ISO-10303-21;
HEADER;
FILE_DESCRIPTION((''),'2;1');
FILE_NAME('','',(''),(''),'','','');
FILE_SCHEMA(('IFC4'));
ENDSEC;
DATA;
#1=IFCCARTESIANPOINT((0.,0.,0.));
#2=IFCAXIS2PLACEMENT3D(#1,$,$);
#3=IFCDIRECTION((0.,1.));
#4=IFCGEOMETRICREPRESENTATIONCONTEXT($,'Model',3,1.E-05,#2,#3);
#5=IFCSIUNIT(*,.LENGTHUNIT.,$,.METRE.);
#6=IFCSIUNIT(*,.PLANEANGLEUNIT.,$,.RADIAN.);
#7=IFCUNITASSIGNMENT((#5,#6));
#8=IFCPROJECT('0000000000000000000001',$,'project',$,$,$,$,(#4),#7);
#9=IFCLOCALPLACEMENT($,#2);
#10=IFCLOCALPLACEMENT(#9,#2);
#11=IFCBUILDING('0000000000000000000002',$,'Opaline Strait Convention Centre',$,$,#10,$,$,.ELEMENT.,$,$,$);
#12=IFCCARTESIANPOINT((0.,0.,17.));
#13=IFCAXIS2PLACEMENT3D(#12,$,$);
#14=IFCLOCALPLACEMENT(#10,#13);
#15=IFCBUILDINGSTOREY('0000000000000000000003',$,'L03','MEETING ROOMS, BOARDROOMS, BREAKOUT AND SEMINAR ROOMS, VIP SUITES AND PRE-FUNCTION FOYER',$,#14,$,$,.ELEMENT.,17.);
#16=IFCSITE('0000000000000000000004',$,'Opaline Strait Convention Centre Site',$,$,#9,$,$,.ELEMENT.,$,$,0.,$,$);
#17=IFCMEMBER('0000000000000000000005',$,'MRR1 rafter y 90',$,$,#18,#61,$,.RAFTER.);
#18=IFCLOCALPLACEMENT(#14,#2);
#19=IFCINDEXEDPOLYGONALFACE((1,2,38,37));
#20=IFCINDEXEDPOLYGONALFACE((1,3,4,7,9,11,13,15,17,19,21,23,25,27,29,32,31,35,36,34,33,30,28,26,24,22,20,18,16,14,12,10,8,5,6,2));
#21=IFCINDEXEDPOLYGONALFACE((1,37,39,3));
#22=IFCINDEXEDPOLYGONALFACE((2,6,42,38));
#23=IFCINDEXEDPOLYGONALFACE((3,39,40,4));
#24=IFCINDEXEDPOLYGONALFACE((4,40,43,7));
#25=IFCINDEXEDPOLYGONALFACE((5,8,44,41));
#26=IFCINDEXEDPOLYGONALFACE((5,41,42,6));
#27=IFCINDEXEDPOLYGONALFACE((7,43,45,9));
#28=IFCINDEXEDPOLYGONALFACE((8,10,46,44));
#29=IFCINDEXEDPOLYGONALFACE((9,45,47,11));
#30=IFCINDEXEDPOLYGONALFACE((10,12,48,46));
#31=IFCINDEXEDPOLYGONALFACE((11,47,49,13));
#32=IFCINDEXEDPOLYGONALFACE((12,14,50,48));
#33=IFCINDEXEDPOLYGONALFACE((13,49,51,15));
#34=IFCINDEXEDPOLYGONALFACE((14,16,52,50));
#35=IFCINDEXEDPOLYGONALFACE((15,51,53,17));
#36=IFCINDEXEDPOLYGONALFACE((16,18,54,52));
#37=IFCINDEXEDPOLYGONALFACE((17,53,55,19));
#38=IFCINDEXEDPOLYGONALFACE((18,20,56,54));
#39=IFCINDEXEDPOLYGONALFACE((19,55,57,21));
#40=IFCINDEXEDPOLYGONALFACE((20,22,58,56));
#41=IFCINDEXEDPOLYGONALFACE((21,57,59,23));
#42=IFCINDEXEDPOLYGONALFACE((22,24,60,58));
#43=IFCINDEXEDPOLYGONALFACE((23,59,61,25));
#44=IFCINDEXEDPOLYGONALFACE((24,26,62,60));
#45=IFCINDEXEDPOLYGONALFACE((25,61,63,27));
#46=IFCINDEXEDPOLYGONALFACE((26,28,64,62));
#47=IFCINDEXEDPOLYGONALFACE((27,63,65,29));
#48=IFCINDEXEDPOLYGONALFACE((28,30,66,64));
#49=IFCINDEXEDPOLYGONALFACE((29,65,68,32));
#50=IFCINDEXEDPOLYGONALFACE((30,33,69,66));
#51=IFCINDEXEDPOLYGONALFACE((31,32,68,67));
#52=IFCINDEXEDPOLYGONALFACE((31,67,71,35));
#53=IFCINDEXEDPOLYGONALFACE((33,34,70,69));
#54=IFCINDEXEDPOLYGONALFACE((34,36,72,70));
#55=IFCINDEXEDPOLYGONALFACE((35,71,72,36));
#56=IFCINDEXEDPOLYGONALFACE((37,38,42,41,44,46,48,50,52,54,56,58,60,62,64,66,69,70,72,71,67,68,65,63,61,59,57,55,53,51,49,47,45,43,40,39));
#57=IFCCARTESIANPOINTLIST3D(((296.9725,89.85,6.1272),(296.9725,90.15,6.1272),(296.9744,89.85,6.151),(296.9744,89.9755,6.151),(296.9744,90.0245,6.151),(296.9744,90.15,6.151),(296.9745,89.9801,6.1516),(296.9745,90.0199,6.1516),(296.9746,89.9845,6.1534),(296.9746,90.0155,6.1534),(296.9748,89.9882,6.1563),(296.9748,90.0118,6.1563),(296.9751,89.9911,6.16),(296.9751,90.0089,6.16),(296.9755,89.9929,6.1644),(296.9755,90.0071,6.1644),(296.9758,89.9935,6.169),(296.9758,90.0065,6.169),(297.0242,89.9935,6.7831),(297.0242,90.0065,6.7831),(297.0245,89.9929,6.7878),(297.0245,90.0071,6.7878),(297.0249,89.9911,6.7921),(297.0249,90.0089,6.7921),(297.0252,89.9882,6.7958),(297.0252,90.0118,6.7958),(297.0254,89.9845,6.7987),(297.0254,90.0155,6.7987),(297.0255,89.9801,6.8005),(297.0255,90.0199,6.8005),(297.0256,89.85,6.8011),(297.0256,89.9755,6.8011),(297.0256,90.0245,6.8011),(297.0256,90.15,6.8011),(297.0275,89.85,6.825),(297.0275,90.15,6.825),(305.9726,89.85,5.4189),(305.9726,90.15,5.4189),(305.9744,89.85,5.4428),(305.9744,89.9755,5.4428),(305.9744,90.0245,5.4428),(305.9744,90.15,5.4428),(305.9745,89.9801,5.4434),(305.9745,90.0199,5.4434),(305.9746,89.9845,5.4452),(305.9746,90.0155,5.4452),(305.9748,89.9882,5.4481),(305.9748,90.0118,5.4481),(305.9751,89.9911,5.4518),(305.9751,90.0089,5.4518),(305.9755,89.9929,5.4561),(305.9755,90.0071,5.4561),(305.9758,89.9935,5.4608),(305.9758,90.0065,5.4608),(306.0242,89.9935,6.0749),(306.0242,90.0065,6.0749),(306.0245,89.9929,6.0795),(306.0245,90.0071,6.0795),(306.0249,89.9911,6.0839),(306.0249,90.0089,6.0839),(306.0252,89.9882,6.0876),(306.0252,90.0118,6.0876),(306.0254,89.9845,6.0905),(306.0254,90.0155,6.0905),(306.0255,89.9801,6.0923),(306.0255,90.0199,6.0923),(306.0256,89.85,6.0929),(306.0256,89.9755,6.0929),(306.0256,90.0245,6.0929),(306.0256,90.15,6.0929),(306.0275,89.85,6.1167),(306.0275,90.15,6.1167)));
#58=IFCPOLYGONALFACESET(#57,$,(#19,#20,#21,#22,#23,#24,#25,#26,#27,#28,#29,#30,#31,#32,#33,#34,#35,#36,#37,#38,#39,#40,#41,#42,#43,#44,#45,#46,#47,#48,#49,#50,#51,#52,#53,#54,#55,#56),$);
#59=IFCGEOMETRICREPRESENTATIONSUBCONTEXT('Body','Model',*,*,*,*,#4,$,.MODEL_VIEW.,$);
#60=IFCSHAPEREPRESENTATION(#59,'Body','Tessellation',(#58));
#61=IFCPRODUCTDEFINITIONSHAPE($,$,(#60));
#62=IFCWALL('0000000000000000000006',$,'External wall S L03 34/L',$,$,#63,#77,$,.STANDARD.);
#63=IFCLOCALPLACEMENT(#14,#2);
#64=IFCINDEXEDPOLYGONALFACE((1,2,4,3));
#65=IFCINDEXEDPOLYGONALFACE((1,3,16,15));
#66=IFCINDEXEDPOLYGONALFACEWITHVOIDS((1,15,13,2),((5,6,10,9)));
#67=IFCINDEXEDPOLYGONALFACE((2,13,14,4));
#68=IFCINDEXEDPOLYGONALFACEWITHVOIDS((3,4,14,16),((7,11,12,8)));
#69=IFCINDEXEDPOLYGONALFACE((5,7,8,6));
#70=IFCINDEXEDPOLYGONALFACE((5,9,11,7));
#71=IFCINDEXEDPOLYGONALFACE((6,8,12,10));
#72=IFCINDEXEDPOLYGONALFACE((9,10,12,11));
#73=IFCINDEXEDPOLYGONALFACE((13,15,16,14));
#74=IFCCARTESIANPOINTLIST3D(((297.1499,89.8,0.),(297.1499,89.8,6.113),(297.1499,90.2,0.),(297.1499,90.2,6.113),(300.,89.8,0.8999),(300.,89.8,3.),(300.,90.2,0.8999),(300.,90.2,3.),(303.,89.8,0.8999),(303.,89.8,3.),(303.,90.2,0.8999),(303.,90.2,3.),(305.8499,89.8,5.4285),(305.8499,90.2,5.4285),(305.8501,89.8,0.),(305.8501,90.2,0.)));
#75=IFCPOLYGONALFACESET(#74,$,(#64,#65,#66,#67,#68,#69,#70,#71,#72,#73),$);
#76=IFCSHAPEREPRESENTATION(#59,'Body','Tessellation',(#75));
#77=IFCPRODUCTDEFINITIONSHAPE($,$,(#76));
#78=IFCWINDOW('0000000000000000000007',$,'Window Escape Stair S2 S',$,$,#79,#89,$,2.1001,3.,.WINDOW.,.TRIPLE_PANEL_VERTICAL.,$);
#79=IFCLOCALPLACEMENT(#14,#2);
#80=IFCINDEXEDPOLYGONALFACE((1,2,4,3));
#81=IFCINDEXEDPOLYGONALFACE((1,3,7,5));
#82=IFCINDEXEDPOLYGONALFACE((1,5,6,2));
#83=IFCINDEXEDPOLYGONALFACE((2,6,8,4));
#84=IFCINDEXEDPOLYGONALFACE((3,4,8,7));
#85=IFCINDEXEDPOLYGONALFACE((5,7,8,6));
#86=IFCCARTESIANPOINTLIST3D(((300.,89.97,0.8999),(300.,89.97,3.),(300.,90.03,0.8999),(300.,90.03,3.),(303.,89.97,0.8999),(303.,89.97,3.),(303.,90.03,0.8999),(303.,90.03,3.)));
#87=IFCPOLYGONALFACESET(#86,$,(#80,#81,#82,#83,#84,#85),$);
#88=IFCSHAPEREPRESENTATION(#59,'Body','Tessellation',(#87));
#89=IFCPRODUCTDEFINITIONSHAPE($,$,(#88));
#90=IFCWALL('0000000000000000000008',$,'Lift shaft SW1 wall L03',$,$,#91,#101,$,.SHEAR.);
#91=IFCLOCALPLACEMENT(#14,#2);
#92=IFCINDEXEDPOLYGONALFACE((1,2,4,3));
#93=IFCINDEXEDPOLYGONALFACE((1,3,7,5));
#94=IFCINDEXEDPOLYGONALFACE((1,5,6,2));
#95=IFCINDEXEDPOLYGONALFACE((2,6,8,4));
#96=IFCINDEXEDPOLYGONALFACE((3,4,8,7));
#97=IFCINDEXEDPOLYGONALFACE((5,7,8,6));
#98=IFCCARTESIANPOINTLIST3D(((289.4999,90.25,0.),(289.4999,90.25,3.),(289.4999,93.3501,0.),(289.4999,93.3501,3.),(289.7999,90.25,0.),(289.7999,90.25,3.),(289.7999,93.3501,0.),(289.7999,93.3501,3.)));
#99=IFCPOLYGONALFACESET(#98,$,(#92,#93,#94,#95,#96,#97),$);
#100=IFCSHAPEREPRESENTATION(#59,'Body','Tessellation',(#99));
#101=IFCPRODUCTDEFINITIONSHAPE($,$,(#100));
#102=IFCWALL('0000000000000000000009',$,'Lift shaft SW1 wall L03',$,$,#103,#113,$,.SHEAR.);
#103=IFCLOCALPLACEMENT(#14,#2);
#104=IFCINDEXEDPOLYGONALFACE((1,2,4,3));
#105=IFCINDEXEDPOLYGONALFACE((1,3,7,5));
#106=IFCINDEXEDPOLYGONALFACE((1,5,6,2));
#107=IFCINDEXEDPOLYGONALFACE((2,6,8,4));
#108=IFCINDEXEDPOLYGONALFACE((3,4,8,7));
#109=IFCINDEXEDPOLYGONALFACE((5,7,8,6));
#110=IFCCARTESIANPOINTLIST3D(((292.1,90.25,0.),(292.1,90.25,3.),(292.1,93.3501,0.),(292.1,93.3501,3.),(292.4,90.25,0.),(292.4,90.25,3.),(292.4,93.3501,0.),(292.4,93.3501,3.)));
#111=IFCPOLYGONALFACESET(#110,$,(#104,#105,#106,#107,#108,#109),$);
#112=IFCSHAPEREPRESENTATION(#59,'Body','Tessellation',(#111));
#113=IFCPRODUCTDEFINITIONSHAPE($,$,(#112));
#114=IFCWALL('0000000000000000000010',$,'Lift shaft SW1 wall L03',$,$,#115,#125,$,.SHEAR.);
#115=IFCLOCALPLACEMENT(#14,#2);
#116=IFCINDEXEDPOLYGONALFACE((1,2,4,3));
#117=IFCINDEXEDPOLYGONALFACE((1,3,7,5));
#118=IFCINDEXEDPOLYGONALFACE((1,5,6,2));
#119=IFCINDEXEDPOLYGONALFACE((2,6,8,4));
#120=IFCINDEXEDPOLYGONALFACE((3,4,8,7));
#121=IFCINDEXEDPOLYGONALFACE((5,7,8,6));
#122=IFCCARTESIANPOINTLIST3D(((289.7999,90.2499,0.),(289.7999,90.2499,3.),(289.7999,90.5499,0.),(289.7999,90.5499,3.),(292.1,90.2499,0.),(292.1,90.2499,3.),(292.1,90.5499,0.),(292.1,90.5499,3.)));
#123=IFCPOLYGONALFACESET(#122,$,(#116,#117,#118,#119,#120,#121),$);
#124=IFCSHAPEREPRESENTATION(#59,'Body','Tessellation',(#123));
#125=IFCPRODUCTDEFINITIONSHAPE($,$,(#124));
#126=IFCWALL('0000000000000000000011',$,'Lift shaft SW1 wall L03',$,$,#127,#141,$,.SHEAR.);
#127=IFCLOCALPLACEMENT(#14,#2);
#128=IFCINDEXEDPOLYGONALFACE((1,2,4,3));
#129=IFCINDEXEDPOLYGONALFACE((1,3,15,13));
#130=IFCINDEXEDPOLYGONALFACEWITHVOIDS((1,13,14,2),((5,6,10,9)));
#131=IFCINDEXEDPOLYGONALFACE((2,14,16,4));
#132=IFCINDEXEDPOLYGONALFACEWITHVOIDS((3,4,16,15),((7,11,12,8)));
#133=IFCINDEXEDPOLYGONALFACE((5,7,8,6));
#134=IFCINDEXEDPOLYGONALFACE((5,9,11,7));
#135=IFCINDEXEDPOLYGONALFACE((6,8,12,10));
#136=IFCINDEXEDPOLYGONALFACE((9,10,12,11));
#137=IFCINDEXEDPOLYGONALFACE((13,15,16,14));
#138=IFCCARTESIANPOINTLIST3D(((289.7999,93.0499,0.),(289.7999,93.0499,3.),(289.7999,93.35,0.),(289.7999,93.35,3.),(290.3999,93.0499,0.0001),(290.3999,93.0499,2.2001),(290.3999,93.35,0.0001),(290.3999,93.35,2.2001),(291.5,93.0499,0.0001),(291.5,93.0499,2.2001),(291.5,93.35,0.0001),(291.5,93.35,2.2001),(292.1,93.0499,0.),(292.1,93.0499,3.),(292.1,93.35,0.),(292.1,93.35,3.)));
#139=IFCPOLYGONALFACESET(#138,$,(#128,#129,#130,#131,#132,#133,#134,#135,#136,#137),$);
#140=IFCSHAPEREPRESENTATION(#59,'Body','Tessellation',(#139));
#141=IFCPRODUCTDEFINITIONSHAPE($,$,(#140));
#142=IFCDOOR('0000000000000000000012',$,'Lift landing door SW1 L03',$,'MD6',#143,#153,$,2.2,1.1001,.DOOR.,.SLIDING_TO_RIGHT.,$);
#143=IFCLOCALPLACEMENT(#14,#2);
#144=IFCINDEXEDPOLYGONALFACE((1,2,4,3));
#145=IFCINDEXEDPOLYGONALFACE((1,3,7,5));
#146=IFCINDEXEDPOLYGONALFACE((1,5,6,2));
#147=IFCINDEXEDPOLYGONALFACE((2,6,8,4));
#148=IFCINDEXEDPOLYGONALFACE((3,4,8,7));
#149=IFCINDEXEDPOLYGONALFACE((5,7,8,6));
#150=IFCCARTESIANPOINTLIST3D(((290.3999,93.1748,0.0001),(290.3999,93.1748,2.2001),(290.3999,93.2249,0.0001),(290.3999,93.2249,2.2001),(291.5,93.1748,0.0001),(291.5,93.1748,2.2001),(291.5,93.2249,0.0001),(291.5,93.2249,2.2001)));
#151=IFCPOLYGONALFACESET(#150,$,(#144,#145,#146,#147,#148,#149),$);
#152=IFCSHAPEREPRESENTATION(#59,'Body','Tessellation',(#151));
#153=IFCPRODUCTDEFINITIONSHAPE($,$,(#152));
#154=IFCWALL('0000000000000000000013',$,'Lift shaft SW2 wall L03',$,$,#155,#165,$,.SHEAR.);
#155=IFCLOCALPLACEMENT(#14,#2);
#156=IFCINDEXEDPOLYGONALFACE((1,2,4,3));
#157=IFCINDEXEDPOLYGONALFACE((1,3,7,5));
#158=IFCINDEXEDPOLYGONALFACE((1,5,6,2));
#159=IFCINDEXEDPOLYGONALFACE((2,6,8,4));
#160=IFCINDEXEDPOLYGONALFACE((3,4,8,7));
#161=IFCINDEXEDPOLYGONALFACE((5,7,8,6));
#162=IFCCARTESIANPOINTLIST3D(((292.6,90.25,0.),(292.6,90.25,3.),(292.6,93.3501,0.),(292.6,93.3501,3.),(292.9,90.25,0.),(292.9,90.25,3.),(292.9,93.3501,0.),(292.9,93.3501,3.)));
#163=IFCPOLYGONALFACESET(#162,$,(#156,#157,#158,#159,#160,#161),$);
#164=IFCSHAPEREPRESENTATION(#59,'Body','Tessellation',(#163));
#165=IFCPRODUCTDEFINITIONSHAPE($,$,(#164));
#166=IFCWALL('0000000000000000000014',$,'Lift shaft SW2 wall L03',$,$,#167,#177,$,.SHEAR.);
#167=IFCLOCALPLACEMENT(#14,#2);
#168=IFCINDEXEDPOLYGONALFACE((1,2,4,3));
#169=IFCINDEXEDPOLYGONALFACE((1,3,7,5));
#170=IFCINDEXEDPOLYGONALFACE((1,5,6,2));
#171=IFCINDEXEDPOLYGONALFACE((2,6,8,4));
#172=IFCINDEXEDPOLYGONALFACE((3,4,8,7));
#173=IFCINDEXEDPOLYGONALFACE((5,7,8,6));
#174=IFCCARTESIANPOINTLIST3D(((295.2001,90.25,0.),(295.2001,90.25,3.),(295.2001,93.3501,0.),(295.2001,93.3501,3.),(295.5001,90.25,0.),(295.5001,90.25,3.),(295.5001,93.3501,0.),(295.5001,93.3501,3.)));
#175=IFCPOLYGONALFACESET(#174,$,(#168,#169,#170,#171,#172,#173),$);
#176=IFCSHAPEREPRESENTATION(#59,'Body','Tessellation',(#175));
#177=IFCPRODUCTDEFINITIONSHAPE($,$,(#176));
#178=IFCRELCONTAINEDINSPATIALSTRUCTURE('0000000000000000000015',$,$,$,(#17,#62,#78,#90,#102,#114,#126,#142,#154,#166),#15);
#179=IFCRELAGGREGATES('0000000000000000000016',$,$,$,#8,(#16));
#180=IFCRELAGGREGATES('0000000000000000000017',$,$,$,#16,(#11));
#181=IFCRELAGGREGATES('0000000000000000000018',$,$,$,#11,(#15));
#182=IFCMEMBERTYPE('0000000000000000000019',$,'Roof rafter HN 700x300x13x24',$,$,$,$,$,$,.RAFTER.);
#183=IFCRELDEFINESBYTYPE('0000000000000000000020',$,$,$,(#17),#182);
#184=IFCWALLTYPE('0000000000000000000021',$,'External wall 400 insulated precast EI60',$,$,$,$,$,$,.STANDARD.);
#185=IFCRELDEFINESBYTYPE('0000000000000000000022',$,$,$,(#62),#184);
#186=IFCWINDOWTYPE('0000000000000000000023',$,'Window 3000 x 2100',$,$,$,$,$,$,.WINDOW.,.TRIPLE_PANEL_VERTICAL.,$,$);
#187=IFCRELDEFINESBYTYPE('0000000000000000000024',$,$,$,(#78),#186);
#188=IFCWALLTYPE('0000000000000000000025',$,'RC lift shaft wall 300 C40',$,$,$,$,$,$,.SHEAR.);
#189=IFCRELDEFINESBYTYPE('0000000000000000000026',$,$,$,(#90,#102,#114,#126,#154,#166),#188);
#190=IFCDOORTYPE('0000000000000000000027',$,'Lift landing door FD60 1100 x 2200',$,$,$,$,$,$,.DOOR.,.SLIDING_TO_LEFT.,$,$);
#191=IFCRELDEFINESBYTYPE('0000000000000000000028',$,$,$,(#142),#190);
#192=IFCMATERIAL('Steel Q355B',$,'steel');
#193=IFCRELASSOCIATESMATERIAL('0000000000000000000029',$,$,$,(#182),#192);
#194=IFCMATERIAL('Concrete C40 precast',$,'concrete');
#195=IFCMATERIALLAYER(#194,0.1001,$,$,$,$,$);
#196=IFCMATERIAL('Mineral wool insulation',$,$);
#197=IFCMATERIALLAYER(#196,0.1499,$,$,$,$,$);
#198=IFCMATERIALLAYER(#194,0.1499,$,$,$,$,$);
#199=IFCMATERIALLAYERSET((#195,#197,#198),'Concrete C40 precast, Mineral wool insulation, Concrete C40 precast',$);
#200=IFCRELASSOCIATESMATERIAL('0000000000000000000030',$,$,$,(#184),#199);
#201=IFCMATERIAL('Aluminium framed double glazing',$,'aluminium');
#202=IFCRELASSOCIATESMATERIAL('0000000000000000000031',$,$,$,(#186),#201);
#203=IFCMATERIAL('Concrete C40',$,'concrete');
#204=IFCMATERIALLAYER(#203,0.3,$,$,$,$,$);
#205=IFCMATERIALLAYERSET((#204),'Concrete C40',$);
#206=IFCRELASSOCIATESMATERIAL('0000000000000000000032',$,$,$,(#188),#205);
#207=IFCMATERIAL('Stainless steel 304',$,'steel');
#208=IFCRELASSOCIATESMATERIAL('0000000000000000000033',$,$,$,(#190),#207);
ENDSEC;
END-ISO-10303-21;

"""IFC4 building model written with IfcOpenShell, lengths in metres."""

from ifc_helpers import new_model, si_unit, direction, frame, frame_2d, origin, origin_2d, place, context, subcontext, project, spatial, polyline, rectangle, i_section, outline, extrude, material, layer, layer_set, material_profile, profile_set, type_object, element, fill, save


model = new_model("IFC4")

# Units and contexts
model_context = context("Model", 3, precision=1e-05, world=origin(), true_north=direction((0.0, 1.0)))
body_context = subcontext(model_context, "Body", "Model", "MODEL_VIEW")
ifc_project = project(units=[si_unit("LENGTHUNIT", "METRE"), si_unit("PLANEANGLEUNIT", "RADIAN")], contexts=[model_context])

# Site, building, storey
site_placement = place(None, origin())
site = spatial("IfcSite", under=ifc_project, at=site_placement, Name="Opaline Strait Convention Centre Site", CompositionType="ELEMENT", RefElevation=0.0)
building_placement = place(site_placement, origin())
building = spatial("IfcBuilding", under=site, at=building_placement, Name="Opaline Strait Convention Centre", CompositionType="ELEMENT")
storey_placement = place(building_placement, frame((0.0, 0.0, 17.0)))
storey = spatial("IfcBuildingStorey", under=building, at=storey_placement, Name="L03", Description="MEETING ROOMS, BOARDROOMS, BREAKOUT AND SEMINAR ROOMS, VIP SUITES AND PRE-FUNCTION FOYER", CompositionType="ELEMENT", Elevation=17.0)

# Shared definitions
ifc_material_1 = material(Name="Steel Q355B", Category="steel")

# Member
ifc_material_profile_1 = material_profile(ifc_material_1, i_section(OverallWidth=0.3, OverallDepth=0.7, WebThickness=0.0129, FlangeThickness=0.0239, FilletRadius=0.0181, at=origin_2d()), Name="HN 700x300x13x24")
ifc_profile_set_1 = profile_set([ifc_material_profile_1], Name="Steel Q355B")
member_type_1 = type_object("IfcMemberType", Name="Roof rafter HN 700x300x13x24", PredefinedType="RAFTER", material=ifc_profile_set_1)
member_placement = place(storey_placement, frame((297.0, 90.0, 6.4761), z_axis=(0.996918, 0.0, -0.078452), x_axis=(0.0, 1.0, 0.0)))
element("IfcMember", 1, at=member_placement, inside=storey, type_object=member_type_1, Name="MRR1 rafter y 90", PredefinedType="RAFTER", context=body_context, shape_type="SweptSolid", body=[
    extrude(i_section(OverallWidth=0.3, OverallDepth=0.7, WebThickness=0.0129, FlangeThickness=0.0239, FilletRadius=0.0181, at=origin_2d()), origin(), (0.0, 0.0, 1.0), 9.0278),
])

# Wall, opening, window
ifc_material_2 = material(Name="Concrete C40 precast", Category="concrete")
ifc_layer_1 = layer(ifc_material_2, 0.1001)
ifc_material_3 = material(Name="Mineral wool insulation")
ifc_layer_2 = layer(ifc_material_3, 0.1499)
ifc_layer_3 = layer(ifc_material_2, 0.1499)
ifc_layer_set_1 = layer_set([ifc_layer_1, ifc_layer_2, ifc_layer_3], Name="Concrete C40 precast, Mineral wool insulation, Concrete C40 precast")
wall_type_1 = type_object("IfcWallType", Name="External wall 400 insulated precast EI60", PredefinedType="STANDARD", material=ifc_layer_set_1)
wall_1_placement = place(storey_placement, frame((297.1499, 90.0, 0.0), z_axis=(0.0, 0.0, 1.0), x_axis=(1.0, 0.0, 0.0)))
wall_1 = element("IfcWall", 2, at=wall_1_placement, inside=storey, type_object=wall_type_1, Name="External wall S L03 34/L", PredefinedType="STANDARD", context=body_context, shape_type="SweptSolid", body=[
    extrude(outline(polyline([(0.0, 0.0), (8.7002, 0.0), (8.7, 5.4285), (0.0, 6.113), (0.0, 0.0)])), frame((0.0, 0.2, 0.0), z_axis=(0.0, -1.0, 0.0), x_axis=(1.0, 0.0, 0.0)), (0.0, 0.0, 1.0), 0.3999),
])
opening_1_placement = place(wall_1_placement, frame((2.8501, 0.0, 0.8999)))
opening_1 = element("IfcOpeningElement", 3, at=opening_1_placement, cuts=wall_1, PredefinedType="OPENING", context=body_context, shape_type="SweptSolid", body=[
    extrude(rectangle(XDim=3.0, YDim=2.1001, at=frame_2d((1.5, 1.05))), frame((0.0, 0.21, 0.0), z_axis=(0.0, -1.0, 0.0), x_axis=(1.0, 0.0, 0.0)), (0.0, 0.0, 1.0), 0.4199),
])
ifc_material_4 = material(Name="Aluminium framed double glazing", Category="aluminium")
window_type = type_object("IfcWindowType", Name="Window 3000 x 2100", PartitioningType="TRIPLE_PANEL_VERTICAL", PredefinedType="WINDOW", material=ifc_material_4)
window_placement = place(opening_1_placement, origin())
window = element("IfcWindow", 4, at=window_placement, inside=storey, type_object=window_type, Name="Window Escape Stair S2 S", OverallHeight=2.1001, OverallWidth=3.0, PartitioningType="TRIPLE_PANEL_VERTICAL", PredefinedType="WINDOW", context=body_context, shape_type="SweptSolid", body=[
    extrude(rectangle(XDim=3.0, YDim=2.1001, at=frame_2d((1.5, 1.05))), frame((0.0, 0.03, 0.0), z_axis=(0.0, -1.0, 0.0), x_axis=(1.0, 0.0, 0.0)), (0.0, 0.0, 1.0), 0.0601),
])
fill(opening_1, window)

# Shared definitions
ifc_material_5 = material(Name="Concrete C40", Category="concrete")

# Walls
ifc_layer_4 = layer(ifc_material_5, 0.3)
ifc_layer_set_2 = layer_set([ifc_layer_4], Name="Concrete C40")
wall_type_2 = type_object("IfcWallType", Name="RC lift shaft wall 300 C40", PredefinedType="SHEAR", material=ifc_layer_set_2)
for number, where, z_axis, x_axis, name in (
    (5, (289.6499, 90.25, 0.0), (0.0, 0.0, 1.0), (0.0, 1.0, 0.0), "Lift shaft SW1 wall L03"),
    (6, (292.25, 90.25, 0.0), (0.0, 0.0, 1.0), (0.0, 1.0, 0.0), "Lift shaft SW1 wall L03"),
):
    element("IfcWall", number, at=place(storey_placement, frame(where, z_axis=z_axis, x_axis=x_axis)), inside=storey, type_object=wall_type_2, Name=name, PredefinedType="SHEAR", context=body_context, shape_type="SweptSolid", body=[
        extrude(rectangle(XDim=3.1001, YDim=0.3, at=frame_2d((1.55, 0.0))), origin(), (0.0, 0.0, 1.0), 3.0),
    ])
wall_2_placement = place(storey_placement, frame((289.8, 90.3999, 0.0), z_axis=(0.0, 0.0, 1.0), x_axis=(1.0, 0.0, 0.0)))
element("IfcWall", 7, at=wall_2_placement, inside=storey, type_object=wall_type_2, Name="Lift shaft SW1 wall L03", PredefinedType="SHEAR", context=body_context, shape_type="SweptSolid", body=[
    extrude(rectangle(XDim=2.3, YDim=0.3, at=frame_2d((1.1499, 0.0))), origin(), (0.0, 0.0, 1.0), 3.0),
])

# Wall, opening, door
wall_3_placement = place(storey_placement, frame((289.8, 93.2, 0.0), z_axis=(0.0, 0.0, 1.0), x_axis=(1.0, 0.0, 0.0)))
wall_3 = element("IfcWall", 8, at=wall_3_placement, inside=storey, type_object=wall_type_2, Name="Lift shaft SW1 wall L03", PredefinedType="SHEAR", context=body_context, shape_type="SweptSolid", body=[
    extrude(rectangle(XDim=2.3, YDim=0.3, at=frame_2d((1.1499, 0.0))), origin(), (0.0, 0.0, 1.0), 3.0),
])
opening_2_placement = place(wall_3_placement, frame((0.5999, 0.0, 0.0)))
opening_2 = element("IfcOpeningElement", 9, at=opening_2_placement, cuts=wall_3, PredefinedType="OPENING", context=body_context, shape_type="SweptSolid", body=[
    extrude(rectangle(XDim=1.1001, YDim=2.2, at=frame_2d((0.55, 1.1001))), frame((0.0, 0.1599, 0.0), z_axis=(0.0, -1.0, 0.0), x_axis=(1.0, 0.0, 0.0)), (0.0, 0.0, 1.0), 0.3201),
])
ifc_material_6 = material(Name="Stainless steel 304", Category="steel")
door_type_1 = type_object("IfcDoorType", Name="Lift landing door FD60 1100 x 2200", OperationType="SLIDING_TO_LEFT", PredefinedType="DOOR", material=ifc_material_6)
door_1_placement = place(opening_2_placement, origin())
door_1 = element("IfcDoor", 10, at=door_1_placement, inside=storey, type_object=door_type_1, Name="Lift landing door SW1 L03", ObjectType="MD6", OperationType="SLIDING_TO_RIGHT", OverallHeight=2.2, OverallWidth=1.1001, PredefinedType="DOOR", context=body_context, shape_type="SweptSolid", body=[
    extrude(rectangle(XDim=1.1001, YDim=2.2, at=frame_2d((0.55, 1.1001))), frame((0.0, 0.0249, 0.0), z_axis=(0.0, -1.0, 0.0), x_axis=(1.0, 0.0, 0.0)), (0.0, 0.0, 1.0), 0.05),
])
fill(opening_2, door_1)

# Walls
for number, where, z_axis, x_axis, name in (
    (11, (292.75, 90.25, 0.0), (0.0, 0.0, 1.0), (0.0, 1.0, 0.0), "Lift shaft SW2 wall L03"),
    (12, (295.3501, 90.25, 0.0), (0.0, 0.0, 1.0), (0.0, 1.0, 0.0), "Lift shaft SW2 wall L03"),
):
    element("IfcWall", number, at=place(storey_placement, frame(where, z_axis=z_axis, x_axis=x_axis)), inside=storey, type_object=wall_type_2, Name=name, PredefinedType="SHEAR", context=body_context, shape_type="SweptSolid", body=[
        extrude(rectangle(XDim=3.1001, YDim=0.3, at=frame_2d((1.55, 0.0))), origin(), (0.0, 0.0, 1.0), 3.0),
    ])

save(model, "model.ifc")
